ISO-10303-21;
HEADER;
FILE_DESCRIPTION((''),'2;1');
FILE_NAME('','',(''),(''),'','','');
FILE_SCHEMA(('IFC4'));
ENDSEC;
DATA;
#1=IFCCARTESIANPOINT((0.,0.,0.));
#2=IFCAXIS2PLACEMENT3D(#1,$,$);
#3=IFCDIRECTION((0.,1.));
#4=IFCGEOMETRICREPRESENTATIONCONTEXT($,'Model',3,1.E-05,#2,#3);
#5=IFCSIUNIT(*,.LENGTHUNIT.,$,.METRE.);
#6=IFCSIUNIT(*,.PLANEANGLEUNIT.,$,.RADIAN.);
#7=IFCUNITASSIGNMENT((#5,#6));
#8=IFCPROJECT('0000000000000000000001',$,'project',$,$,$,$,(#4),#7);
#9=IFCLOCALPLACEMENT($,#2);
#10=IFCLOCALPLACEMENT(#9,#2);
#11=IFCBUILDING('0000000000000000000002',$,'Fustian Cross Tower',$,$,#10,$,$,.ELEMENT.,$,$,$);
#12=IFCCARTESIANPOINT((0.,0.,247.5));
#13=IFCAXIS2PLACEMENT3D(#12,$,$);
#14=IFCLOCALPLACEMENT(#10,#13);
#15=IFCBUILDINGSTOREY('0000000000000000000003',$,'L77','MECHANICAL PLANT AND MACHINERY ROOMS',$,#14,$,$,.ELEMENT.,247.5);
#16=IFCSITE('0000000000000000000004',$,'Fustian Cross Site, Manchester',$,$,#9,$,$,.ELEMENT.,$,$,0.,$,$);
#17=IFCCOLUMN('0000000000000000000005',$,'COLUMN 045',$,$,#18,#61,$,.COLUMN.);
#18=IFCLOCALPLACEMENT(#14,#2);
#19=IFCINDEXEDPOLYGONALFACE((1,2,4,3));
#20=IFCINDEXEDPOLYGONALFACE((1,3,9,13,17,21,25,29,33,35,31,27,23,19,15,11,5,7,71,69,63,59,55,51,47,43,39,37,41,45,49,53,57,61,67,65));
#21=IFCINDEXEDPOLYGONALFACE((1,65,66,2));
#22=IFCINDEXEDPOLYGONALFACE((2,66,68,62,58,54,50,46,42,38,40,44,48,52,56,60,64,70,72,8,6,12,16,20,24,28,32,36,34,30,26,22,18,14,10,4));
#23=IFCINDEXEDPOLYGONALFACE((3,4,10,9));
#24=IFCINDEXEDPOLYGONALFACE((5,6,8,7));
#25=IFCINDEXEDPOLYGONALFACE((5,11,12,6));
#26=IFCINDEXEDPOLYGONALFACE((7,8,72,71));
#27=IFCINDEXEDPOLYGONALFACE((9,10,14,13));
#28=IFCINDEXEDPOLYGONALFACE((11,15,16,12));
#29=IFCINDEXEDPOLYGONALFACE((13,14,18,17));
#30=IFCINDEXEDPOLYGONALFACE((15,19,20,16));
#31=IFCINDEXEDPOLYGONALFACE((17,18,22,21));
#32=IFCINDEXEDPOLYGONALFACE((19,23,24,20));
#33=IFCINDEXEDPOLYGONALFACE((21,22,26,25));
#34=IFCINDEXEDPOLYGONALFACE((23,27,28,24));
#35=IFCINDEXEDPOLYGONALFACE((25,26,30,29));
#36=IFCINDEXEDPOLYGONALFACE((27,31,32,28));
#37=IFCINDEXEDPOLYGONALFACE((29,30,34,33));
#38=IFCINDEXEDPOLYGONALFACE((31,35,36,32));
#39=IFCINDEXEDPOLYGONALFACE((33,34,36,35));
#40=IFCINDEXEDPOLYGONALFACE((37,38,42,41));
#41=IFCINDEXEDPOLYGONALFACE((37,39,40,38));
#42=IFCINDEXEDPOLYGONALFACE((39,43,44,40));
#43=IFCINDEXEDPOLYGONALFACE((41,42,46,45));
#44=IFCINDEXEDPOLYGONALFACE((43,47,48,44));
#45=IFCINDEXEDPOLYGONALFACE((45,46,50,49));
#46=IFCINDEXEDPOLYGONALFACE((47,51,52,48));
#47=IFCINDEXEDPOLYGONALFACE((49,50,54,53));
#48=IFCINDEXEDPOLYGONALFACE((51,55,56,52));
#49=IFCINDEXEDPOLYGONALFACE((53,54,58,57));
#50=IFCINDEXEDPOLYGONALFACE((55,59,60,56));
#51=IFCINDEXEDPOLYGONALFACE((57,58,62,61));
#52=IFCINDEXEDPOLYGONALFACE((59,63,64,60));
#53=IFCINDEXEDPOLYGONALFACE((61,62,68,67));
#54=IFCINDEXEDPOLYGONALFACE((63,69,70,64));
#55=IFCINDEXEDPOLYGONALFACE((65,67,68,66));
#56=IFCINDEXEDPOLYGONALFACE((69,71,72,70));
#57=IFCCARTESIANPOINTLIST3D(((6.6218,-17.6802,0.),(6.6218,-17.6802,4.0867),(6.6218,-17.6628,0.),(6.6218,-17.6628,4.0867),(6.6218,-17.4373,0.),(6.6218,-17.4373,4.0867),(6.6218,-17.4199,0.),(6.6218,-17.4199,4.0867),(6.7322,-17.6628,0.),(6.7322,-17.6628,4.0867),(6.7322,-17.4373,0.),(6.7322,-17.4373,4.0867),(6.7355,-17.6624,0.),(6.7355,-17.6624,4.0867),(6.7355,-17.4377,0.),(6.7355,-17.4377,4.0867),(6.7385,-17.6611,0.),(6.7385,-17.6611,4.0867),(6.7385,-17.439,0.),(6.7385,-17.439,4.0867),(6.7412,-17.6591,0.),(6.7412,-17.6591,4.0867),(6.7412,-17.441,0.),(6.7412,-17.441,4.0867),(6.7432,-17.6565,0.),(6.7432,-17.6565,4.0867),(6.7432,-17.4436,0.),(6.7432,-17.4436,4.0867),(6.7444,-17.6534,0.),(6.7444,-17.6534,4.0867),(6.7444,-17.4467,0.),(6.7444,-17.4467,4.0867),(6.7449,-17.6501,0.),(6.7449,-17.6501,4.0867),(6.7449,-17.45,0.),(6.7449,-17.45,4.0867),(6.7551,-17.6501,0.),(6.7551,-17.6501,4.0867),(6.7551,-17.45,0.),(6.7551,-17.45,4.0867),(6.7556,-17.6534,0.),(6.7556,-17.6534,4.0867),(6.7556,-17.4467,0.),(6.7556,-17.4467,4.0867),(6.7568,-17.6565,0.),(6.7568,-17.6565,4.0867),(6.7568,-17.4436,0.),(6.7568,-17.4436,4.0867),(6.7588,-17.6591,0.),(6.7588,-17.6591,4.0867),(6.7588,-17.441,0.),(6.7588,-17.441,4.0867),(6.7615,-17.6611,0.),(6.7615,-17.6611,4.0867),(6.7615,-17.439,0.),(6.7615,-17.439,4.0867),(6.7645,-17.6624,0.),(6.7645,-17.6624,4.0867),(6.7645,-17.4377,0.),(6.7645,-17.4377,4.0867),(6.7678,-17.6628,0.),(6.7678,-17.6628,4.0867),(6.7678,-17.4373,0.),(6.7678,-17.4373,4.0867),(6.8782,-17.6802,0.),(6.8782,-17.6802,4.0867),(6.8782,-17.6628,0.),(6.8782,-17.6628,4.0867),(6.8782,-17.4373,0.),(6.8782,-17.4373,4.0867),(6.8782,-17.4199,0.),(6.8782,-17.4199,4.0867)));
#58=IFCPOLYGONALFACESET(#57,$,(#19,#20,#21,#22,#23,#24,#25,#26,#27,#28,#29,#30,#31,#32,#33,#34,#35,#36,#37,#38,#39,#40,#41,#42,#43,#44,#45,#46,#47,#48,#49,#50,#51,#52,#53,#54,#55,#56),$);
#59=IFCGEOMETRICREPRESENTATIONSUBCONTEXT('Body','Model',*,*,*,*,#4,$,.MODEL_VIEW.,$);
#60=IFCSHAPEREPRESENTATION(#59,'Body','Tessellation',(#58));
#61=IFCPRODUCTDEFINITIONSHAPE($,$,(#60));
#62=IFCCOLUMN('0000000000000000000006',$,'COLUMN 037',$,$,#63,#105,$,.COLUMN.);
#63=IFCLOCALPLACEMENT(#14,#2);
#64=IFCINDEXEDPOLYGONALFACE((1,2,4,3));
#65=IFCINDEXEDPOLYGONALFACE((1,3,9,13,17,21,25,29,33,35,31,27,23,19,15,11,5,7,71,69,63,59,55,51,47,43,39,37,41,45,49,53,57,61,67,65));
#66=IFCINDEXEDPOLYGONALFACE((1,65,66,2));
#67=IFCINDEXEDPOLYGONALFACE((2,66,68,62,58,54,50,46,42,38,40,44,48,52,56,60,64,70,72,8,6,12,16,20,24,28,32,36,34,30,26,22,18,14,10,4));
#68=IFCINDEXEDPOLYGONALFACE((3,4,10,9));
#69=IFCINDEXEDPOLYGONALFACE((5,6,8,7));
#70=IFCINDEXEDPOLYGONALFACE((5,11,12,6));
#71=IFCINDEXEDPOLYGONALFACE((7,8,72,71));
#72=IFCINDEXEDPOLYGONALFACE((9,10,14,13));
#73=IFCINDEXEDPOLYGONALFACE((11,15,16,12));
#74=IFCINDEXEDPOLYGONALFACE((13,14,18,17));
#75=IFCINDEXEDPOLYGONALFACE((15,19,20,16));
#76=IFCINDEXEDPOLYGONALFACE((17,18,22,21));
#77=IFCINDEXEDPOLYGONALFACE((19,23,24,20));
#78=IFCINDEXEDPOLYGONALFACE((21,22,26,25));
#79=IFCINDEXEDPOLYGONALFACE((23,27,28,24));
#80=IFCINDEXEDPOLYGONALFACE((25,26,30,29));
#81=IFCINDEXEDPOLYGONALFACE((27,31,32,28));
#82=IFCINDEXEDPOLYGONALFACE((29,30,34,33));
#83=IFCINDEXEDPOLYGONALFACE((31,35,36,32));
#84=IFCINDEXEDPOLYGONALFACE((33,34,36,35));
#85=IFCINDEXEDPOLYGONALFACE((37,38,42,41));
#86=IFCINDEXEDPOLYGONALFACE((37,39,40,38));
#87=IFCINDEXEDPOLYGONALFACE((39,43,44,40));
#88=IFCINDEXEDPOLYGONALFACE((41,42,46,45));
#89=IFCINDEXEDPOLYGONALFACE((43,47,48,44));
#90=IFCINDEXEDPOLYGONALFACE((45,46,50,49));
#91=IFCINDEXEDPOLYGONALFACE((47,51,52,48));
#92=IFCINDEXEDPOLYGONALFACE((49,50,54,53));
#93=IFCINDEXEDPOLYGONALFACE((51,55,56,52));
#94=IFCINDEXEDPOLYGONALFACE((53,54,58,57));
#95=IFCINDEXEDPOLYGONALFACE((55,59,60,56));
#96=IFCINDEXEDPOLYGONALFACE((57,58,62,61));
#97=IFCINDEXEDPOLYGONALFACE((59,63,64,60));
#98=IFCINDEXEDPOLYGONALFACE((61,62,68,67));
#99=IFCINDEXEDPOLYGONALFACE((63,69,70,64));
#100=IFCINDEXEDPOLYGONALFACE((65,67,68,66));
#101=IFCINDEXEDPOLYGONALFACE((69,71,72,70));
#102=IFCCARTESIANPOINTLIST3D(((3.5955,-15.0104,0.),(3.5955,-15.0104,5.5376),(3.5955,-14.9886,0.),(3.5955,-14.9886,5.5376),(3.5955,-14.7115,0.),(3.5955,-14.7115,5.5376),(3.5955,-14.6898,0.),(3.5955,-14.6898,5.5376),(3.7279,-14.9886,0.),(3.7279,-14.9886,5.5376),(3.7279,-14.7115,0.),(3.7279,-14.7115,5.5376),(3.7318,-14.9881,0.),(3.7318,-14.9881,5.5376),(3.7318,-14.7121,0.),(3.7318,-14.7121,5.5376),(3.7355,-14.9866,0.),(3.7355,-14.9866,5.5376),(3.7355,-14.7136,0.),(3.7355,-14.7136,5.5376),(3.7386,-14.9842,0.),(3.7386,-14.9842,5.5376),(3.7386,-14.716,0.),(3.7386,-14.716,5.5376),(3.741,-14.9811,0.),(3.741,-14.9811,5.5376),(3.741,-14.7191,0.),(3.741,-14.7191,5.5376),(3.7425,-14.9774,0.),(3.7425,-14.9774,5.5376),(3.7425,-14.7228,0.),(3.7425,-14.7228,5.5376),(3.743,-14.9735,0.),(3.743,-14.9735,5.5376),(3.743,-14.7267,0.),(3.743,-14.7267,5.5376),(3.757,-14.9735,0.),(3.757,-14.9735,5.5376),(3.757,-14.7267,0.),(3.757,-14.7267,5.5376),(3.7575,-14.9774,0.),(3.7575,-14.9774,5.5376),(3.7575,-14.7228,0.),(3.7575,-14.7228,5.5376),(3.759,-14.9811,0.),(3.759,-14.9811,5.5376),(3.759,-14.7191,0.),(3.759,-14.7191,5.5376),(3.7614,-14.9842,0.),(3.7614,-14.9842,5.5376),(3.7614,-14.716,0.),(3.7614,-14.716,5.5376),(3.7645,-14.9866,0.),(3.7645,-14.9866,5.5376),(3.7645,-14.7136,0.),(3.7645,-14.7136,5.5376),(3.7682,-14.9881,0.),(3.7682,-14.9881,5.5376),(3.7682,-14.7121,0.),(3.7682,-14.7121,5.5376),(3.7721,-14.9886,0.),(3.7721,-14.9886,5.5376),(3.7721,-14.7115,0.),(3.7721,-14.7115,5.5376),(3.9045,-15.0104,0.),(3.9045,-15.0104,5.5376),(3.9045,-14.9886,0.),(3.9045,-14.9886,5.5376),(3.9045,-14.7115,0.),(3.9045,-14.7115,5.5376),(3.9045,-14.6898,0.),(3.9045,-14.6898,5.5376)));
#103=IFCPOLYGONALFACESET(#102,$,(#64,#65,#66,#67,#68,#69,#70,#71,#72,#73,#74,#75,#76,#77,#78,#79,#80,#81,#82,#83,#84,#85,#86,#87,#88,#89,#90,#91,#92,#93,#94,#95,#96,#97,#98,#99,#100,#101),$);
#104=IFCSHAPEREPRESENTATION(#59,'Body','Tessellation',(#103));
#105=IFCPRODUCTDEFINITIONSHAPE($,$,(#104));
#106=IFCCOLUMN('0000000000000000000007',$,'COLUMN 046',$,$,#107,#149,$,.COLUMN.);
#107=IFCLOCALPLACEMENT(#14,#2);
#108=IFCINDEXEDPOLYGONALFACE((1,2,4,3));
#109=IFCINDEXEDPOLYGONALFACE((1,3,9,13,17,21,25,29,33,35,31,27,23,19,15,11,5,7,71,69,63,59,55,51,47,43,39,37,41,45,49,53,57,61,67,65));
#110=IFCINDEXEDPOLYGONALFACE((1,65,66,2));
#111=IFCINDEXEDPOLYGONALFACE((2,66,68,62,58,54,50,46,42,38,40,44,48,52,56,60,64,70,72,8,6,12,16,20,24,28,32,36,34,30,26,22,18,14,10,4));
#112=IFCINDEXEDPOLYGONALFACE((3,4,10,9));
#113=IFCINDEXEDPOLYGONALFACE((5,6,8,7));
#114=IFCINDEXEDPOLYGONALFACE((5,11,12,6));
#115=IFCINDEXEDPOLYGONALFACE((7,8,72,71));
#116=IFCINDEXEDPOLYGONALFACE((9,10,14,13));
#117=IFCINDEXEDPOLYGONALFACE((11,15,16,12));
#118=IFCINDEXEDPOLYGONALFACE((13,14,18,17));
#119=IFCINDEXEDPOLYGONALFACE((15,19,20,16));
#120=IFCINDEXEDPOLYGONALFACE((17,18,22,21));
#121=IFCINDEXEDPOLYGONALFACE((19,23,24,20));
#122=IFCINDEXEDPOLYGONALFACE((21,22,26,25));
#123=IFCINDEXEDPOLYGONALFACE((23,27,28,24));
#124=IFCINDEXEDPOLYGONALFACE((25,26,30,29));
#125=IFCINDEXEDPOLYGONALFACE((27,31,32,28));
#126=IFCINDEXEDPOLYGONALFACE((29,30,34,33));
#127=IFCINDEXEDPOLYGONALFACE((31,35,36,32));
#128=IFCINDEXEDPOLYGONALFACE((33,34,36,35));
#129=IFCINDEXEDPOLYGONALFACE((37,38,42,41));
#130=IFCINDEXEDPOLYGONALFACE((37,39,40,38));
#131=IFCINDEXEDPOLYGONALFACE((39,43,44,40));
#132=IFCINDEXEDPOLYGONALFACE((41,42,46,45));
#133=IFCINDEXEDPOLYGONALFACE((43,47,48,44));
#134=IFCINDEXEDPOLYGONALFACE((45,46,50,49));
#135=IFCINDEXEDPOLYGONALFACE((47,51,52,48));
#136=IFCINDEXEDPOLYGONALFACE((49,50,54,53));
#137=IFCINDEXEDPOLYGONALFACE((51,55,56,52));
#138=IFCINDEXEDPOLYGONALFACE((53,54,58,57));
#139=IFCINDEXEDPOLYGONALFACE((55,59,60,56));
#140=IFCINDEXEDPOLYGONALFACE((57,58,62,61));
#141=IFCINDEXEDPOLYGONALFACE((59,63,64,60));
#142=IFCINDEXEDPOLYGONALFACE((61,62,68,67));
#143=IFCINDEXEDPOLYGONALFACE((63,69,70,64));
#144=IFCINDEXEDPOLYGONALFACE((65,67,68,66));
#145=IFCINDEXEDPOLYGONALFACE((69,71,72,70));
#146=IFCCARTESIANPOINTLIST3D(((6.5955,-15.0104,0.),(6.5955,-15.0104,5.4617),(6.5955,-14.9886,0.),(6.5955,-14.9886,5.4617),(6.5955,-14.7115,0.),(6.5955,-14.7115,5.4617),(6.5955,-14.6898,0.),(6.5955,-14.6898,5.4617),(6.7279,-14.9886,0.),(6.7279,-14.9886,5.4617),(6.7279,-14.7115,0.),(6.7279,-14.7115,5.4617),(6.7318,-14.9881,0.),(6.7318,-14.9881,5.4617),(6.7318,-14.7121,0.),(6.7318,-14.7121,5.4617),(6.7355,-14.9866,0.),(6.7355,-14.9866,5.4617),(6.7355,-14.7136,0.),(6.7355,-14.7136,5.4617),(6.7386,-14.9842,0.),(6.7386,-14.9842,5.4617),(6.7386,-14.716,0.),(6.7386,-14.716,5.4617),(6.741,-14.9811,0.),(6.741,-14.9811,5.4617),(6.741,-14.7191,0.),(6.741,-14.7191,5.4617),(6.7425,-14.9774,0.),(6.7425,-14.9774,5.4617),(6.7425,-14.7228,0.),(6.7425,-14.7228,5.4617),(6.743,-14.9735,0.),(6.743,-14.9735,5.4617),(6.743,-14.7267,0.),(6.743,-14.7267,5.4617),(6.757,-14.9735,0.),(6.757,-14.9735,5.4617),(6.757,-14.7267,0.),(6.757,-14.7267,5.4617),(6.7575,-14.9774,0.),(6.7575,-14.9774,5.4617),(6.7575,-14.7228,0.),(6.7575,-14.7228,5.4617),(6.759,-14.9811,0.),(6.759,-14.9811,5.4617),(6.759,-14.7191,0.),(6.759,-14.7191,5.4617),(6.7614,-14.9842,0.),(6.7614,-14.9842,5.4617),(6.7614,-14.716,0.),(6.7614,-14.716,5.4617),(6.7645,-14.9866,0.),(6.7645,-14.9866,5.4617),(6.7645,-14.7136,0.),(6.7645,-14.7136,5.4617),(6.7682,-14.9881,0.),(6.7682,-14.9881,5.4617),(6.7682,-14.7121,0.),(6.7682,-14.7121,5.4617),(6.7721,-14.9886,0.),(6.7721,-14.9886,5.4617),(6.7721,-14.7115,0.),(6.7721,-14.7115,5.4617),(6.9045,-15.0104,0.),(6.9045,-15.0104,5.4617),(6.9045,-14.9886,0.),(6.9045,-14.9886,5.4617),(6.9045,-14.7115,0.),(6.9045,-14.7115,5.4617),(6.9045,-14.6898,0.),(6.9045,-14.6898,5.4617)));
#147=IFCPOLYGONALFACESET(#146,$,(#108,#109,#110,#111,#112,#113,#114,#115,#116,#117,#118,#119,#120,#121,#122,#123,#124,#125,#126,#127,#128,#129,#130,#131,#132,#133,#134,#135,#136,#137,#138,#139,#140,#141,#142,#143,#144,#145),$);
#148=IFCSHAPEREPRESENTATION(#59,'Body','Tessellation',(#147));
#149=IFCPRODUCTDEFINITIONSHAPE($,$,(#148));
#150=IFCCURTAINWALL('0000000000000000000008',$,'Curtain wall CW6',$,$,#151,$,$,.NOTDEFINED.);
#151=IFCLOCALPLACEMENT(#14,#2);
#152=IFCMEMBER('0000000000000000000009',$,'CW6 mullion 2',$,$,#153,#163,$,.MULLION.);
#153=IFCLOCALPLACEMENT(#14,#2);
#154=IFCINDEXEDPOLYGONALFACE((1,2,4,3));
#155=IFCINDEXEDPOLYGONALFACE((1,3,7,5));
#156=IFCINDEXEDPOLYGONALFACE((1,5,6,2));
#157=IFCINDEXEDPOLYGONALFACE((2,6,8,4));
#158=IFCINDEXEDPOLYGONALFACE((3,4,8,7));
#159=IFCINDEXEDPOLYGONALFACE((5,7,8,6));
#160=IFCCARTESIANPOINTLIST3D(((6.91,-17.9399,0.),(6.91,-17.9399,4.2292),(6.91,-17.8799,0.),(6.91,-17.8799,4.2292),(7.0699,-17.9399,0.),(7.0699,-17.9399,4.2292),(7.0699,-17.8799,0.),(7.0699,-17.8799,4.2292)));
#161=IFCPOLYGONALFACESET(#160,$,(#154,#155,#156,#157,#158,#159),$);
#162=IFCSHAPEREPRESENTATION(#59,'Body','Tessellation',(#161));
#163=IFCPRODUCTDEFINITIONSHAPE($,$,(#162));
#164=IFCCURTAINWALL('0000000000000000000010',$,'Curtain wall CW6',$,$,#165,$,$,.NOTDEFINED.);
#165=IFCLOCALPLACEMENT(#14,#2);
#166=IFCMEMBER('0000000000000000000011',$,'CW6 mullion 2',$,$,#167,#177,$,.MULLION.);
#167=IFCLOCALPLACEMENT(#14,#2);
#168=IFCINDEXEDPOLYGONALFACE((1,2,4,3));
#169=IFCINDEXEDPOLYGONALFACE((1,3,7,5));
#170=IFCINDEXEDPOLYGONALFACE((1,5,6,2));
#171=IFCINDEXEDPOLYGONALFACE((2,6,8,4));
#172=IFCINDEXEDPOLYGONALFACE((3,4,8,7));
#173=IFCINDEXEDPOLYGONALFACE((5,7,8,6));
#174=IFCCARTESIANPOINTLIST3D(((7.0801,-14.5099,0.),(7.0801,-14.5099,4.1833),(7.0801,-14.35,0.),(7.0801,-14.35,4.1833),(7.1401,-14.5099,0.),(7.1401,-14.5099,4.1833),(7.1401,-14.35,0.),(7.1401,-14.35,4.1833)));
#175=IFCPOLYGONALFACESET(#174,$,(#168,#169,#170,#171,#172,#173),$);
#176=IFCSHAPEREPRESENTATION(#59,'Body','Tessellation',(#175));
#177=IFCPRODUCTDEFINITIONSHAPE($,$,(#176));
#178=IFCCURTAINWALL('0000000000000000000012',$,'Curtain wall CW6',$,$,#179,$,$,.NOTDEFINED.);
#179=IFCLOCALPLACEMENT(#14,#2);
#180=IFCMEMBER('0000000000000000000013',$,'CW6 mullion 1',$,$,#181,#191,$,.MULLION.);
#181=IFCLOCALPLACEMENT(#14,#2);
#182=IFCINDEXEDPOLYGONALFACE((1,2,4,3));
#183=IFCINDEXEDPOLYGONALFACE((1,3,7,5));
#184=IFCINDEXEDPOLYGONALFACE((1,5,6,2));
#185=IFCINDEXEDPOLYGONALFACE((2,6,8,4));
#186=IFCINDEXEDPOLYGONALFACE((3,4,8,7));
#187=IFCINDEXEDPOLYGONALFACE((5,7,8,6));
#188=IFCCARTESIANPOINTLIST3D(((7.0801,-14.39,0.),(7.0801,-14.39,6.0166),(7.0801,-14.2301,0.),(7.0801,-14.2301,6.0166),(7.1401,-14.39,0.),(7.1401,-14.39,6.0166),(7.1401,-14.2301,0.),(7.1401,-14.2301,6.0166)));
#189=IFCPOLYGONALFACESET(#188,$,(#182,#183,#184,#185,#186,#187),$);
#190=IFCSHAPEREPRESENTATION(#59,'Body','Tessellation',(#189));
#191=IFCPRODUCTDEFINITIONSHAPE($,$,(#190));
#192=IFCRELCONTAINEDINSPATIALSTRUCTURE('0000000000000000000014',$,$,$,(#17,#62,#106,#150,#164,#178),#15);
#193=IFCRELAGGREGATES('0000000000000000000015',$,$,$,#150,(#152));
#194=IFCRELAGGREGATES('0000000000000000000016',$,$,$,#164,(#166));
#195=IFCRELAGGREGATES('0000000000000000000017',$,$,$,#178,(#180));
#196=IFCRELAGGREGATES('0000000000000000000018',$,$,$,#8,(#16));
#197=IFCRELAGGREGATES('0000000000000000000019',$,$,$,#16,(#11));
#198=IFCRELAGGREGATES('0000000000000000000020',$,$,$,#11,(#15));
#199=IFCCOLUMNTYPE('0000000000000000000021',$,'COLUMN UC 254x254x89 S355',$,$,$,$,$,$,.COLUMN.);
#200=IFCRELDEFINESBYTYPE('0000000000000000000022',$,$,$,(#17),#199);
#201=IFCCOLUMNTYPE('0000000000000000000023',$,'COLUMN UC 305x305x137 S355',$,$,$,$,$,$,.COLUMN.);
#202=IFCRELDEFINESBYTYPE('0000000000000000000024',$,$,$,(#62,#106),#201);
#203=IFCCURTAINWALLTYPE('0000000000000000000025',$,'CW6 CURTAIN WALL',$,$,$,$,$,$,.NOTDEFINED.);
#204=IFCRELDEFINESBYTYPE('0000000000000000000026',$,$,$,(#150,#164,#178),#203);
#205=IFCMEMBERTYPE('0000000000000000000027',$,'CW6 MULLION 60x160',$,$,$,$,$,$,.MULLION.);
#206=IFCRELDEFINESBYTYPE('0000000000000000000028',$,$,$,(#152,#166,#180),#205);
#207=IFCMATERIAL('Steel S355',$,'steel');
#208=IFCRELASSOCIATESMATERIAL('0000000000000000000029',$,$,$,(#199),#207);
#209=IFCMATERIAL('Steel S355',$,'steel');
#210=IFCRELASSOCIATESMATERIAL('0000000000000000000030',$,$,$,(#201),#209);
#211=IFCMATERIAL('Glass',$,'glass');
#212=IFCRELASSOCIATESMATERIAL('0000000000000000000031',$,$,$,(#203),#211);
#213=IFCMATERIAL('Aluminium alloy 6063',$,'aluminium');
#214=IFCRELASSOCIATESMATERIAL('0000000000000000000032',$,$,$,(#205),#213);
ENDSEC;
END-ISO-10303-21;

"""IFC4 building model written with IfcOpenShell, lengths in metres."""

from ifc_helpers import new_model, si_unit, direction, frame, origin, origin_2d, place, context, subcontext, project, spatial, rectangle, i_section, extrude, material, material_profile, profile_set, type_object, element, aggregate, save


model = new_model("IFC4")

# Units and contexts
model_context = context("Model", 3, precision=1e-05, world=origin(), true_north=direction((0.0, 1.0)))
body_context = subcontext(model_context, "Body", "Model", "MODEL_VIEW")
ifc_project = project(units=[si_unit("LENGTHUNIT", "METRE"), si_unit("PLANEANGLEUNIT", "RADIAN")], contexts=[model_context])

# Site, building, storey
site_placement = place(None, origin())
site = spatial("IfcSite", under=ifc_project, at=site_placement, Name="Fustian Cross Site, Manchester", CompositionType="ELEMENT", RefElevation=0.0)
building_placement = place(site_placement, origin())
building = spatial("IfcBuilding", under=site, at=building_placement, Name="Fustian Cross Tower", CompositionType="ELEMENT")
storey_placement = place(building_placement, frame((0.0, 0.0, 247.5)))
storey = spatial("IfcBuildingStorey", under=building, at=storey_placement, Name="L77", Description="MECHANICAL PLANT AND MACHINERY ROOMS", CompositionType="ELEMENT", Elevation=247.5)

# Columns
ifc_material_1 = material(Name="Steel S355", Category="steel")
ifc_material_profile_1 = material_profile(ifc_material_1, i_section(OverallWidth=0.2563, OverallDepth=0.2603, WebThickness=0.0103, FlangeThickness=0.0173, FilletRadius=0.0127, at=origin_2d()), Name="UC 254x254x89")
ifc_profile_set_1 = profile_set([ifc_material_profile_1], Name="Steel S355")
column_type_1 = type_object("IfcColumnType", Name="COLUMN UC 254x254x89 S355", PredefinedType="COLUMN", material=ifc_profile_set_1)
column_1_placement = place(storey_placement, frame((6.75, -17.55, 0.0), z_axis=(0.0, 0.0, 1.0), x_axis=(1.0, 0.0, 0.0)))
element("IfcColumn", 1, at=column_1_placement, inside=storey, type_object=column_type_1, Name="COLUMN 045", PredefinedType="COLUMN", context=body_context, shape_type="SweptSolid", body=[
    extrude(i_section(OverallWidth=0.2563, OverallDepth=0.2603, WebThickness=0.0103, FlangeThickness=0.0173, FilletRadius=0.0127, at=origin_2d()), origin(), (0.0, 0.0, 1.0), 4.0867),
])
ifc_material_2 = material(Name="Steel S355", Category="steel")
ifc_material_profile_2 = material_profile(ifc_material_2, i_section(OverallWidth=0.3091, OverallDepth=0.3206, WebThickness=0.0139, FlangeThickness=0.0217, FilletRadius=0.0151, at=origin_2d()), Name="UC 305x305x137")
ifc_profile_set_2 = profile_set([ifc_material_profile_2], Name="Steel S355")
column_type_2 = type_object("IfcColumnType", Name="COLUMN UC 305x305x137 S355", PredefinedType="COLUMN", material=ifc_profile_set_2)
column_2_placement = place(storey_placement, frame((3.75, -14.8501, 0.0), z_axis=(0.0, 0.0, 1.0), x_axis=(1.0, 0.0, 0.0)))
element("IfcColumn", 2, at=column_2_placement, inside=storey, type_object=column_type_2, Name="COLUMN 037", PredefinedType="COLUMN", context=body_context, shape_type="SweptSolid", body=[
    extrude(i_section(OverallWidth=0.3091, OverallDepth=0.3206, WebThickness=0.0139, FlangeThickness=0.0217, FilletRadius=0.0151, at=origin_2d()), origin(), (0.0, 0.0, 1.0), 5.5376),
])
column_3_placement = place(storey_placement, frame((6.75, -14.8501, 0.0), z_axis=(0.0, 0.0, 1.0), x_axis=(1.0, 0.0, 0.0)))
element("IfcColumn", 3, at=column_3_placement, inside=storey, type_object=column_type_2, Name="COLUMN 046", PredefinedType="COLUMN", context=body_context, shape_type="SweptSolid", body=[
    extrude(i_section(OverallWidth=0.3091, OverallDepth=0.3206, WebThickness=0.0139, FlangeThickness=0.0217, FilletRadius=0.0151, at=origin_2d()), origin(), (0.0, 0.0, 1.0), 5.4617),
])

# Curtain walls, members
ifc_material_3 = material(Name="Glass", Category="glass")
curtain_wall_type = type_object("IfcCurtainWallType", Name="CW6 CURTAIN WALL", PredefinedType="NOTDEFINED", material=ifc_material_3)
curtain_wall_1_placement = place(storey_placement, origin())
curtain_wall_1 = element("IfcCurtainWall", 4, at=curtain_wall_1_placement, inside=storey, type_object=curtain_wall_type, Name="Curtain wall CW6", PredefinedType="NOTDEFINED")
ifc_material_4 = material(Name="Aluminium alloy 6063", Category="aluminium")
ifc_material_profile_3 = material_profile(ifc_material_4, rectangle(XDim=0.0601, YDim=0.1599, at=origin_2d()), Name="CW6 MULLION 60x160")
ifc_profile_set_3 = profile_set([ifc_material_profile_3], Name="Aluminium alloy 6063")
member_type_1 = type_object("IfcMemberType", Name="CW6 MULLION 60x160", PredefinedType="MULLION", material=ifc_profile_set_3)
member_1_placement = place(storey_placement, frame((6.99, -17.9099, 0.0), z_axis=(0.0, 0.0, 1.0), x_axis=(0.0, 1.0, 0.0)))
member_1 = element("IfcMember", 5, at=member_1_placement, type_object=member_type_1, Name="CW6 mullion 2", PredefinedType="MULLION", context=body_context, shape_type="SweptSolid", body=[
    extrude(rectangle(XDim=0.0601, YDim=0.1599, at=origin_2d()), origin(), (0.0, 0.0, 1.0), 4.2292),
])
aggregate(curtain_wall_1, [member_1])
curtain_wall_2_placement = place(storey_placement, origin())
curtain_wall_2 = element("IfcCurtainWall", 6, at=curtain_wall_2_placement, inside=storey, type_object=curtain_wall_type, Name="Curtain wall CW6", PredefinedType="NOTDEFINED")
member_2_placement = place(storey_placement, frame((7.1101, -14.4299, 0.0), z_axis=(0.0, 0.0, 1.0), x_axis=(-1.0, 0.0, 0.0)))
member_2 = element("IfcMember", 7, at=member_2_placement, type_object=member_type_1, Name="CW6 mullion 2", PredefinedType="MULLION", context=body_context, shape_type="SweptSolid", body=[
    extrude(rectangle(XDim=0.0601, YDim=0.1599, at=origin_2d()), origin(), (0.0, 0.0, 1.0), 4.1833),
])

# Curtain wall, member
curtain_wall_3_placement = place(storey_placement, origin())
curtain_wall_3 = element("IfcCurtainWall", 8, at=curtain_wall_3_placement, inside=storey, type_object=curtain_wall_type, Name="Curtain wall CW6", PredefinedType="NOTDEFINED")
member_3_placement = place(storey_placement, frame((7.1101, -14.3101, 0.0), z_axis=(0.0, 0.0, 1.0), x_axis=(-1.0, 0.0, 0.0)))
member_3 = element("IfcMember", 9, at=member_3_placement, type_object=member_type_1, Name="CW6 mullion 1", PredefinedType="MULLION", context=body_context, shape_type="SweptSolid", body=[
    extrude(rectangle(XDim=0.0601, YDim=0.1599, at=origin_2d()), origin(), (0.0, 0.0, 1.0), 6.0166),
])

aggregate(curtain_wall_2, [member_2])
aggregate(curtain_wall_3, [member_3])

save(model, "model.ifc")
